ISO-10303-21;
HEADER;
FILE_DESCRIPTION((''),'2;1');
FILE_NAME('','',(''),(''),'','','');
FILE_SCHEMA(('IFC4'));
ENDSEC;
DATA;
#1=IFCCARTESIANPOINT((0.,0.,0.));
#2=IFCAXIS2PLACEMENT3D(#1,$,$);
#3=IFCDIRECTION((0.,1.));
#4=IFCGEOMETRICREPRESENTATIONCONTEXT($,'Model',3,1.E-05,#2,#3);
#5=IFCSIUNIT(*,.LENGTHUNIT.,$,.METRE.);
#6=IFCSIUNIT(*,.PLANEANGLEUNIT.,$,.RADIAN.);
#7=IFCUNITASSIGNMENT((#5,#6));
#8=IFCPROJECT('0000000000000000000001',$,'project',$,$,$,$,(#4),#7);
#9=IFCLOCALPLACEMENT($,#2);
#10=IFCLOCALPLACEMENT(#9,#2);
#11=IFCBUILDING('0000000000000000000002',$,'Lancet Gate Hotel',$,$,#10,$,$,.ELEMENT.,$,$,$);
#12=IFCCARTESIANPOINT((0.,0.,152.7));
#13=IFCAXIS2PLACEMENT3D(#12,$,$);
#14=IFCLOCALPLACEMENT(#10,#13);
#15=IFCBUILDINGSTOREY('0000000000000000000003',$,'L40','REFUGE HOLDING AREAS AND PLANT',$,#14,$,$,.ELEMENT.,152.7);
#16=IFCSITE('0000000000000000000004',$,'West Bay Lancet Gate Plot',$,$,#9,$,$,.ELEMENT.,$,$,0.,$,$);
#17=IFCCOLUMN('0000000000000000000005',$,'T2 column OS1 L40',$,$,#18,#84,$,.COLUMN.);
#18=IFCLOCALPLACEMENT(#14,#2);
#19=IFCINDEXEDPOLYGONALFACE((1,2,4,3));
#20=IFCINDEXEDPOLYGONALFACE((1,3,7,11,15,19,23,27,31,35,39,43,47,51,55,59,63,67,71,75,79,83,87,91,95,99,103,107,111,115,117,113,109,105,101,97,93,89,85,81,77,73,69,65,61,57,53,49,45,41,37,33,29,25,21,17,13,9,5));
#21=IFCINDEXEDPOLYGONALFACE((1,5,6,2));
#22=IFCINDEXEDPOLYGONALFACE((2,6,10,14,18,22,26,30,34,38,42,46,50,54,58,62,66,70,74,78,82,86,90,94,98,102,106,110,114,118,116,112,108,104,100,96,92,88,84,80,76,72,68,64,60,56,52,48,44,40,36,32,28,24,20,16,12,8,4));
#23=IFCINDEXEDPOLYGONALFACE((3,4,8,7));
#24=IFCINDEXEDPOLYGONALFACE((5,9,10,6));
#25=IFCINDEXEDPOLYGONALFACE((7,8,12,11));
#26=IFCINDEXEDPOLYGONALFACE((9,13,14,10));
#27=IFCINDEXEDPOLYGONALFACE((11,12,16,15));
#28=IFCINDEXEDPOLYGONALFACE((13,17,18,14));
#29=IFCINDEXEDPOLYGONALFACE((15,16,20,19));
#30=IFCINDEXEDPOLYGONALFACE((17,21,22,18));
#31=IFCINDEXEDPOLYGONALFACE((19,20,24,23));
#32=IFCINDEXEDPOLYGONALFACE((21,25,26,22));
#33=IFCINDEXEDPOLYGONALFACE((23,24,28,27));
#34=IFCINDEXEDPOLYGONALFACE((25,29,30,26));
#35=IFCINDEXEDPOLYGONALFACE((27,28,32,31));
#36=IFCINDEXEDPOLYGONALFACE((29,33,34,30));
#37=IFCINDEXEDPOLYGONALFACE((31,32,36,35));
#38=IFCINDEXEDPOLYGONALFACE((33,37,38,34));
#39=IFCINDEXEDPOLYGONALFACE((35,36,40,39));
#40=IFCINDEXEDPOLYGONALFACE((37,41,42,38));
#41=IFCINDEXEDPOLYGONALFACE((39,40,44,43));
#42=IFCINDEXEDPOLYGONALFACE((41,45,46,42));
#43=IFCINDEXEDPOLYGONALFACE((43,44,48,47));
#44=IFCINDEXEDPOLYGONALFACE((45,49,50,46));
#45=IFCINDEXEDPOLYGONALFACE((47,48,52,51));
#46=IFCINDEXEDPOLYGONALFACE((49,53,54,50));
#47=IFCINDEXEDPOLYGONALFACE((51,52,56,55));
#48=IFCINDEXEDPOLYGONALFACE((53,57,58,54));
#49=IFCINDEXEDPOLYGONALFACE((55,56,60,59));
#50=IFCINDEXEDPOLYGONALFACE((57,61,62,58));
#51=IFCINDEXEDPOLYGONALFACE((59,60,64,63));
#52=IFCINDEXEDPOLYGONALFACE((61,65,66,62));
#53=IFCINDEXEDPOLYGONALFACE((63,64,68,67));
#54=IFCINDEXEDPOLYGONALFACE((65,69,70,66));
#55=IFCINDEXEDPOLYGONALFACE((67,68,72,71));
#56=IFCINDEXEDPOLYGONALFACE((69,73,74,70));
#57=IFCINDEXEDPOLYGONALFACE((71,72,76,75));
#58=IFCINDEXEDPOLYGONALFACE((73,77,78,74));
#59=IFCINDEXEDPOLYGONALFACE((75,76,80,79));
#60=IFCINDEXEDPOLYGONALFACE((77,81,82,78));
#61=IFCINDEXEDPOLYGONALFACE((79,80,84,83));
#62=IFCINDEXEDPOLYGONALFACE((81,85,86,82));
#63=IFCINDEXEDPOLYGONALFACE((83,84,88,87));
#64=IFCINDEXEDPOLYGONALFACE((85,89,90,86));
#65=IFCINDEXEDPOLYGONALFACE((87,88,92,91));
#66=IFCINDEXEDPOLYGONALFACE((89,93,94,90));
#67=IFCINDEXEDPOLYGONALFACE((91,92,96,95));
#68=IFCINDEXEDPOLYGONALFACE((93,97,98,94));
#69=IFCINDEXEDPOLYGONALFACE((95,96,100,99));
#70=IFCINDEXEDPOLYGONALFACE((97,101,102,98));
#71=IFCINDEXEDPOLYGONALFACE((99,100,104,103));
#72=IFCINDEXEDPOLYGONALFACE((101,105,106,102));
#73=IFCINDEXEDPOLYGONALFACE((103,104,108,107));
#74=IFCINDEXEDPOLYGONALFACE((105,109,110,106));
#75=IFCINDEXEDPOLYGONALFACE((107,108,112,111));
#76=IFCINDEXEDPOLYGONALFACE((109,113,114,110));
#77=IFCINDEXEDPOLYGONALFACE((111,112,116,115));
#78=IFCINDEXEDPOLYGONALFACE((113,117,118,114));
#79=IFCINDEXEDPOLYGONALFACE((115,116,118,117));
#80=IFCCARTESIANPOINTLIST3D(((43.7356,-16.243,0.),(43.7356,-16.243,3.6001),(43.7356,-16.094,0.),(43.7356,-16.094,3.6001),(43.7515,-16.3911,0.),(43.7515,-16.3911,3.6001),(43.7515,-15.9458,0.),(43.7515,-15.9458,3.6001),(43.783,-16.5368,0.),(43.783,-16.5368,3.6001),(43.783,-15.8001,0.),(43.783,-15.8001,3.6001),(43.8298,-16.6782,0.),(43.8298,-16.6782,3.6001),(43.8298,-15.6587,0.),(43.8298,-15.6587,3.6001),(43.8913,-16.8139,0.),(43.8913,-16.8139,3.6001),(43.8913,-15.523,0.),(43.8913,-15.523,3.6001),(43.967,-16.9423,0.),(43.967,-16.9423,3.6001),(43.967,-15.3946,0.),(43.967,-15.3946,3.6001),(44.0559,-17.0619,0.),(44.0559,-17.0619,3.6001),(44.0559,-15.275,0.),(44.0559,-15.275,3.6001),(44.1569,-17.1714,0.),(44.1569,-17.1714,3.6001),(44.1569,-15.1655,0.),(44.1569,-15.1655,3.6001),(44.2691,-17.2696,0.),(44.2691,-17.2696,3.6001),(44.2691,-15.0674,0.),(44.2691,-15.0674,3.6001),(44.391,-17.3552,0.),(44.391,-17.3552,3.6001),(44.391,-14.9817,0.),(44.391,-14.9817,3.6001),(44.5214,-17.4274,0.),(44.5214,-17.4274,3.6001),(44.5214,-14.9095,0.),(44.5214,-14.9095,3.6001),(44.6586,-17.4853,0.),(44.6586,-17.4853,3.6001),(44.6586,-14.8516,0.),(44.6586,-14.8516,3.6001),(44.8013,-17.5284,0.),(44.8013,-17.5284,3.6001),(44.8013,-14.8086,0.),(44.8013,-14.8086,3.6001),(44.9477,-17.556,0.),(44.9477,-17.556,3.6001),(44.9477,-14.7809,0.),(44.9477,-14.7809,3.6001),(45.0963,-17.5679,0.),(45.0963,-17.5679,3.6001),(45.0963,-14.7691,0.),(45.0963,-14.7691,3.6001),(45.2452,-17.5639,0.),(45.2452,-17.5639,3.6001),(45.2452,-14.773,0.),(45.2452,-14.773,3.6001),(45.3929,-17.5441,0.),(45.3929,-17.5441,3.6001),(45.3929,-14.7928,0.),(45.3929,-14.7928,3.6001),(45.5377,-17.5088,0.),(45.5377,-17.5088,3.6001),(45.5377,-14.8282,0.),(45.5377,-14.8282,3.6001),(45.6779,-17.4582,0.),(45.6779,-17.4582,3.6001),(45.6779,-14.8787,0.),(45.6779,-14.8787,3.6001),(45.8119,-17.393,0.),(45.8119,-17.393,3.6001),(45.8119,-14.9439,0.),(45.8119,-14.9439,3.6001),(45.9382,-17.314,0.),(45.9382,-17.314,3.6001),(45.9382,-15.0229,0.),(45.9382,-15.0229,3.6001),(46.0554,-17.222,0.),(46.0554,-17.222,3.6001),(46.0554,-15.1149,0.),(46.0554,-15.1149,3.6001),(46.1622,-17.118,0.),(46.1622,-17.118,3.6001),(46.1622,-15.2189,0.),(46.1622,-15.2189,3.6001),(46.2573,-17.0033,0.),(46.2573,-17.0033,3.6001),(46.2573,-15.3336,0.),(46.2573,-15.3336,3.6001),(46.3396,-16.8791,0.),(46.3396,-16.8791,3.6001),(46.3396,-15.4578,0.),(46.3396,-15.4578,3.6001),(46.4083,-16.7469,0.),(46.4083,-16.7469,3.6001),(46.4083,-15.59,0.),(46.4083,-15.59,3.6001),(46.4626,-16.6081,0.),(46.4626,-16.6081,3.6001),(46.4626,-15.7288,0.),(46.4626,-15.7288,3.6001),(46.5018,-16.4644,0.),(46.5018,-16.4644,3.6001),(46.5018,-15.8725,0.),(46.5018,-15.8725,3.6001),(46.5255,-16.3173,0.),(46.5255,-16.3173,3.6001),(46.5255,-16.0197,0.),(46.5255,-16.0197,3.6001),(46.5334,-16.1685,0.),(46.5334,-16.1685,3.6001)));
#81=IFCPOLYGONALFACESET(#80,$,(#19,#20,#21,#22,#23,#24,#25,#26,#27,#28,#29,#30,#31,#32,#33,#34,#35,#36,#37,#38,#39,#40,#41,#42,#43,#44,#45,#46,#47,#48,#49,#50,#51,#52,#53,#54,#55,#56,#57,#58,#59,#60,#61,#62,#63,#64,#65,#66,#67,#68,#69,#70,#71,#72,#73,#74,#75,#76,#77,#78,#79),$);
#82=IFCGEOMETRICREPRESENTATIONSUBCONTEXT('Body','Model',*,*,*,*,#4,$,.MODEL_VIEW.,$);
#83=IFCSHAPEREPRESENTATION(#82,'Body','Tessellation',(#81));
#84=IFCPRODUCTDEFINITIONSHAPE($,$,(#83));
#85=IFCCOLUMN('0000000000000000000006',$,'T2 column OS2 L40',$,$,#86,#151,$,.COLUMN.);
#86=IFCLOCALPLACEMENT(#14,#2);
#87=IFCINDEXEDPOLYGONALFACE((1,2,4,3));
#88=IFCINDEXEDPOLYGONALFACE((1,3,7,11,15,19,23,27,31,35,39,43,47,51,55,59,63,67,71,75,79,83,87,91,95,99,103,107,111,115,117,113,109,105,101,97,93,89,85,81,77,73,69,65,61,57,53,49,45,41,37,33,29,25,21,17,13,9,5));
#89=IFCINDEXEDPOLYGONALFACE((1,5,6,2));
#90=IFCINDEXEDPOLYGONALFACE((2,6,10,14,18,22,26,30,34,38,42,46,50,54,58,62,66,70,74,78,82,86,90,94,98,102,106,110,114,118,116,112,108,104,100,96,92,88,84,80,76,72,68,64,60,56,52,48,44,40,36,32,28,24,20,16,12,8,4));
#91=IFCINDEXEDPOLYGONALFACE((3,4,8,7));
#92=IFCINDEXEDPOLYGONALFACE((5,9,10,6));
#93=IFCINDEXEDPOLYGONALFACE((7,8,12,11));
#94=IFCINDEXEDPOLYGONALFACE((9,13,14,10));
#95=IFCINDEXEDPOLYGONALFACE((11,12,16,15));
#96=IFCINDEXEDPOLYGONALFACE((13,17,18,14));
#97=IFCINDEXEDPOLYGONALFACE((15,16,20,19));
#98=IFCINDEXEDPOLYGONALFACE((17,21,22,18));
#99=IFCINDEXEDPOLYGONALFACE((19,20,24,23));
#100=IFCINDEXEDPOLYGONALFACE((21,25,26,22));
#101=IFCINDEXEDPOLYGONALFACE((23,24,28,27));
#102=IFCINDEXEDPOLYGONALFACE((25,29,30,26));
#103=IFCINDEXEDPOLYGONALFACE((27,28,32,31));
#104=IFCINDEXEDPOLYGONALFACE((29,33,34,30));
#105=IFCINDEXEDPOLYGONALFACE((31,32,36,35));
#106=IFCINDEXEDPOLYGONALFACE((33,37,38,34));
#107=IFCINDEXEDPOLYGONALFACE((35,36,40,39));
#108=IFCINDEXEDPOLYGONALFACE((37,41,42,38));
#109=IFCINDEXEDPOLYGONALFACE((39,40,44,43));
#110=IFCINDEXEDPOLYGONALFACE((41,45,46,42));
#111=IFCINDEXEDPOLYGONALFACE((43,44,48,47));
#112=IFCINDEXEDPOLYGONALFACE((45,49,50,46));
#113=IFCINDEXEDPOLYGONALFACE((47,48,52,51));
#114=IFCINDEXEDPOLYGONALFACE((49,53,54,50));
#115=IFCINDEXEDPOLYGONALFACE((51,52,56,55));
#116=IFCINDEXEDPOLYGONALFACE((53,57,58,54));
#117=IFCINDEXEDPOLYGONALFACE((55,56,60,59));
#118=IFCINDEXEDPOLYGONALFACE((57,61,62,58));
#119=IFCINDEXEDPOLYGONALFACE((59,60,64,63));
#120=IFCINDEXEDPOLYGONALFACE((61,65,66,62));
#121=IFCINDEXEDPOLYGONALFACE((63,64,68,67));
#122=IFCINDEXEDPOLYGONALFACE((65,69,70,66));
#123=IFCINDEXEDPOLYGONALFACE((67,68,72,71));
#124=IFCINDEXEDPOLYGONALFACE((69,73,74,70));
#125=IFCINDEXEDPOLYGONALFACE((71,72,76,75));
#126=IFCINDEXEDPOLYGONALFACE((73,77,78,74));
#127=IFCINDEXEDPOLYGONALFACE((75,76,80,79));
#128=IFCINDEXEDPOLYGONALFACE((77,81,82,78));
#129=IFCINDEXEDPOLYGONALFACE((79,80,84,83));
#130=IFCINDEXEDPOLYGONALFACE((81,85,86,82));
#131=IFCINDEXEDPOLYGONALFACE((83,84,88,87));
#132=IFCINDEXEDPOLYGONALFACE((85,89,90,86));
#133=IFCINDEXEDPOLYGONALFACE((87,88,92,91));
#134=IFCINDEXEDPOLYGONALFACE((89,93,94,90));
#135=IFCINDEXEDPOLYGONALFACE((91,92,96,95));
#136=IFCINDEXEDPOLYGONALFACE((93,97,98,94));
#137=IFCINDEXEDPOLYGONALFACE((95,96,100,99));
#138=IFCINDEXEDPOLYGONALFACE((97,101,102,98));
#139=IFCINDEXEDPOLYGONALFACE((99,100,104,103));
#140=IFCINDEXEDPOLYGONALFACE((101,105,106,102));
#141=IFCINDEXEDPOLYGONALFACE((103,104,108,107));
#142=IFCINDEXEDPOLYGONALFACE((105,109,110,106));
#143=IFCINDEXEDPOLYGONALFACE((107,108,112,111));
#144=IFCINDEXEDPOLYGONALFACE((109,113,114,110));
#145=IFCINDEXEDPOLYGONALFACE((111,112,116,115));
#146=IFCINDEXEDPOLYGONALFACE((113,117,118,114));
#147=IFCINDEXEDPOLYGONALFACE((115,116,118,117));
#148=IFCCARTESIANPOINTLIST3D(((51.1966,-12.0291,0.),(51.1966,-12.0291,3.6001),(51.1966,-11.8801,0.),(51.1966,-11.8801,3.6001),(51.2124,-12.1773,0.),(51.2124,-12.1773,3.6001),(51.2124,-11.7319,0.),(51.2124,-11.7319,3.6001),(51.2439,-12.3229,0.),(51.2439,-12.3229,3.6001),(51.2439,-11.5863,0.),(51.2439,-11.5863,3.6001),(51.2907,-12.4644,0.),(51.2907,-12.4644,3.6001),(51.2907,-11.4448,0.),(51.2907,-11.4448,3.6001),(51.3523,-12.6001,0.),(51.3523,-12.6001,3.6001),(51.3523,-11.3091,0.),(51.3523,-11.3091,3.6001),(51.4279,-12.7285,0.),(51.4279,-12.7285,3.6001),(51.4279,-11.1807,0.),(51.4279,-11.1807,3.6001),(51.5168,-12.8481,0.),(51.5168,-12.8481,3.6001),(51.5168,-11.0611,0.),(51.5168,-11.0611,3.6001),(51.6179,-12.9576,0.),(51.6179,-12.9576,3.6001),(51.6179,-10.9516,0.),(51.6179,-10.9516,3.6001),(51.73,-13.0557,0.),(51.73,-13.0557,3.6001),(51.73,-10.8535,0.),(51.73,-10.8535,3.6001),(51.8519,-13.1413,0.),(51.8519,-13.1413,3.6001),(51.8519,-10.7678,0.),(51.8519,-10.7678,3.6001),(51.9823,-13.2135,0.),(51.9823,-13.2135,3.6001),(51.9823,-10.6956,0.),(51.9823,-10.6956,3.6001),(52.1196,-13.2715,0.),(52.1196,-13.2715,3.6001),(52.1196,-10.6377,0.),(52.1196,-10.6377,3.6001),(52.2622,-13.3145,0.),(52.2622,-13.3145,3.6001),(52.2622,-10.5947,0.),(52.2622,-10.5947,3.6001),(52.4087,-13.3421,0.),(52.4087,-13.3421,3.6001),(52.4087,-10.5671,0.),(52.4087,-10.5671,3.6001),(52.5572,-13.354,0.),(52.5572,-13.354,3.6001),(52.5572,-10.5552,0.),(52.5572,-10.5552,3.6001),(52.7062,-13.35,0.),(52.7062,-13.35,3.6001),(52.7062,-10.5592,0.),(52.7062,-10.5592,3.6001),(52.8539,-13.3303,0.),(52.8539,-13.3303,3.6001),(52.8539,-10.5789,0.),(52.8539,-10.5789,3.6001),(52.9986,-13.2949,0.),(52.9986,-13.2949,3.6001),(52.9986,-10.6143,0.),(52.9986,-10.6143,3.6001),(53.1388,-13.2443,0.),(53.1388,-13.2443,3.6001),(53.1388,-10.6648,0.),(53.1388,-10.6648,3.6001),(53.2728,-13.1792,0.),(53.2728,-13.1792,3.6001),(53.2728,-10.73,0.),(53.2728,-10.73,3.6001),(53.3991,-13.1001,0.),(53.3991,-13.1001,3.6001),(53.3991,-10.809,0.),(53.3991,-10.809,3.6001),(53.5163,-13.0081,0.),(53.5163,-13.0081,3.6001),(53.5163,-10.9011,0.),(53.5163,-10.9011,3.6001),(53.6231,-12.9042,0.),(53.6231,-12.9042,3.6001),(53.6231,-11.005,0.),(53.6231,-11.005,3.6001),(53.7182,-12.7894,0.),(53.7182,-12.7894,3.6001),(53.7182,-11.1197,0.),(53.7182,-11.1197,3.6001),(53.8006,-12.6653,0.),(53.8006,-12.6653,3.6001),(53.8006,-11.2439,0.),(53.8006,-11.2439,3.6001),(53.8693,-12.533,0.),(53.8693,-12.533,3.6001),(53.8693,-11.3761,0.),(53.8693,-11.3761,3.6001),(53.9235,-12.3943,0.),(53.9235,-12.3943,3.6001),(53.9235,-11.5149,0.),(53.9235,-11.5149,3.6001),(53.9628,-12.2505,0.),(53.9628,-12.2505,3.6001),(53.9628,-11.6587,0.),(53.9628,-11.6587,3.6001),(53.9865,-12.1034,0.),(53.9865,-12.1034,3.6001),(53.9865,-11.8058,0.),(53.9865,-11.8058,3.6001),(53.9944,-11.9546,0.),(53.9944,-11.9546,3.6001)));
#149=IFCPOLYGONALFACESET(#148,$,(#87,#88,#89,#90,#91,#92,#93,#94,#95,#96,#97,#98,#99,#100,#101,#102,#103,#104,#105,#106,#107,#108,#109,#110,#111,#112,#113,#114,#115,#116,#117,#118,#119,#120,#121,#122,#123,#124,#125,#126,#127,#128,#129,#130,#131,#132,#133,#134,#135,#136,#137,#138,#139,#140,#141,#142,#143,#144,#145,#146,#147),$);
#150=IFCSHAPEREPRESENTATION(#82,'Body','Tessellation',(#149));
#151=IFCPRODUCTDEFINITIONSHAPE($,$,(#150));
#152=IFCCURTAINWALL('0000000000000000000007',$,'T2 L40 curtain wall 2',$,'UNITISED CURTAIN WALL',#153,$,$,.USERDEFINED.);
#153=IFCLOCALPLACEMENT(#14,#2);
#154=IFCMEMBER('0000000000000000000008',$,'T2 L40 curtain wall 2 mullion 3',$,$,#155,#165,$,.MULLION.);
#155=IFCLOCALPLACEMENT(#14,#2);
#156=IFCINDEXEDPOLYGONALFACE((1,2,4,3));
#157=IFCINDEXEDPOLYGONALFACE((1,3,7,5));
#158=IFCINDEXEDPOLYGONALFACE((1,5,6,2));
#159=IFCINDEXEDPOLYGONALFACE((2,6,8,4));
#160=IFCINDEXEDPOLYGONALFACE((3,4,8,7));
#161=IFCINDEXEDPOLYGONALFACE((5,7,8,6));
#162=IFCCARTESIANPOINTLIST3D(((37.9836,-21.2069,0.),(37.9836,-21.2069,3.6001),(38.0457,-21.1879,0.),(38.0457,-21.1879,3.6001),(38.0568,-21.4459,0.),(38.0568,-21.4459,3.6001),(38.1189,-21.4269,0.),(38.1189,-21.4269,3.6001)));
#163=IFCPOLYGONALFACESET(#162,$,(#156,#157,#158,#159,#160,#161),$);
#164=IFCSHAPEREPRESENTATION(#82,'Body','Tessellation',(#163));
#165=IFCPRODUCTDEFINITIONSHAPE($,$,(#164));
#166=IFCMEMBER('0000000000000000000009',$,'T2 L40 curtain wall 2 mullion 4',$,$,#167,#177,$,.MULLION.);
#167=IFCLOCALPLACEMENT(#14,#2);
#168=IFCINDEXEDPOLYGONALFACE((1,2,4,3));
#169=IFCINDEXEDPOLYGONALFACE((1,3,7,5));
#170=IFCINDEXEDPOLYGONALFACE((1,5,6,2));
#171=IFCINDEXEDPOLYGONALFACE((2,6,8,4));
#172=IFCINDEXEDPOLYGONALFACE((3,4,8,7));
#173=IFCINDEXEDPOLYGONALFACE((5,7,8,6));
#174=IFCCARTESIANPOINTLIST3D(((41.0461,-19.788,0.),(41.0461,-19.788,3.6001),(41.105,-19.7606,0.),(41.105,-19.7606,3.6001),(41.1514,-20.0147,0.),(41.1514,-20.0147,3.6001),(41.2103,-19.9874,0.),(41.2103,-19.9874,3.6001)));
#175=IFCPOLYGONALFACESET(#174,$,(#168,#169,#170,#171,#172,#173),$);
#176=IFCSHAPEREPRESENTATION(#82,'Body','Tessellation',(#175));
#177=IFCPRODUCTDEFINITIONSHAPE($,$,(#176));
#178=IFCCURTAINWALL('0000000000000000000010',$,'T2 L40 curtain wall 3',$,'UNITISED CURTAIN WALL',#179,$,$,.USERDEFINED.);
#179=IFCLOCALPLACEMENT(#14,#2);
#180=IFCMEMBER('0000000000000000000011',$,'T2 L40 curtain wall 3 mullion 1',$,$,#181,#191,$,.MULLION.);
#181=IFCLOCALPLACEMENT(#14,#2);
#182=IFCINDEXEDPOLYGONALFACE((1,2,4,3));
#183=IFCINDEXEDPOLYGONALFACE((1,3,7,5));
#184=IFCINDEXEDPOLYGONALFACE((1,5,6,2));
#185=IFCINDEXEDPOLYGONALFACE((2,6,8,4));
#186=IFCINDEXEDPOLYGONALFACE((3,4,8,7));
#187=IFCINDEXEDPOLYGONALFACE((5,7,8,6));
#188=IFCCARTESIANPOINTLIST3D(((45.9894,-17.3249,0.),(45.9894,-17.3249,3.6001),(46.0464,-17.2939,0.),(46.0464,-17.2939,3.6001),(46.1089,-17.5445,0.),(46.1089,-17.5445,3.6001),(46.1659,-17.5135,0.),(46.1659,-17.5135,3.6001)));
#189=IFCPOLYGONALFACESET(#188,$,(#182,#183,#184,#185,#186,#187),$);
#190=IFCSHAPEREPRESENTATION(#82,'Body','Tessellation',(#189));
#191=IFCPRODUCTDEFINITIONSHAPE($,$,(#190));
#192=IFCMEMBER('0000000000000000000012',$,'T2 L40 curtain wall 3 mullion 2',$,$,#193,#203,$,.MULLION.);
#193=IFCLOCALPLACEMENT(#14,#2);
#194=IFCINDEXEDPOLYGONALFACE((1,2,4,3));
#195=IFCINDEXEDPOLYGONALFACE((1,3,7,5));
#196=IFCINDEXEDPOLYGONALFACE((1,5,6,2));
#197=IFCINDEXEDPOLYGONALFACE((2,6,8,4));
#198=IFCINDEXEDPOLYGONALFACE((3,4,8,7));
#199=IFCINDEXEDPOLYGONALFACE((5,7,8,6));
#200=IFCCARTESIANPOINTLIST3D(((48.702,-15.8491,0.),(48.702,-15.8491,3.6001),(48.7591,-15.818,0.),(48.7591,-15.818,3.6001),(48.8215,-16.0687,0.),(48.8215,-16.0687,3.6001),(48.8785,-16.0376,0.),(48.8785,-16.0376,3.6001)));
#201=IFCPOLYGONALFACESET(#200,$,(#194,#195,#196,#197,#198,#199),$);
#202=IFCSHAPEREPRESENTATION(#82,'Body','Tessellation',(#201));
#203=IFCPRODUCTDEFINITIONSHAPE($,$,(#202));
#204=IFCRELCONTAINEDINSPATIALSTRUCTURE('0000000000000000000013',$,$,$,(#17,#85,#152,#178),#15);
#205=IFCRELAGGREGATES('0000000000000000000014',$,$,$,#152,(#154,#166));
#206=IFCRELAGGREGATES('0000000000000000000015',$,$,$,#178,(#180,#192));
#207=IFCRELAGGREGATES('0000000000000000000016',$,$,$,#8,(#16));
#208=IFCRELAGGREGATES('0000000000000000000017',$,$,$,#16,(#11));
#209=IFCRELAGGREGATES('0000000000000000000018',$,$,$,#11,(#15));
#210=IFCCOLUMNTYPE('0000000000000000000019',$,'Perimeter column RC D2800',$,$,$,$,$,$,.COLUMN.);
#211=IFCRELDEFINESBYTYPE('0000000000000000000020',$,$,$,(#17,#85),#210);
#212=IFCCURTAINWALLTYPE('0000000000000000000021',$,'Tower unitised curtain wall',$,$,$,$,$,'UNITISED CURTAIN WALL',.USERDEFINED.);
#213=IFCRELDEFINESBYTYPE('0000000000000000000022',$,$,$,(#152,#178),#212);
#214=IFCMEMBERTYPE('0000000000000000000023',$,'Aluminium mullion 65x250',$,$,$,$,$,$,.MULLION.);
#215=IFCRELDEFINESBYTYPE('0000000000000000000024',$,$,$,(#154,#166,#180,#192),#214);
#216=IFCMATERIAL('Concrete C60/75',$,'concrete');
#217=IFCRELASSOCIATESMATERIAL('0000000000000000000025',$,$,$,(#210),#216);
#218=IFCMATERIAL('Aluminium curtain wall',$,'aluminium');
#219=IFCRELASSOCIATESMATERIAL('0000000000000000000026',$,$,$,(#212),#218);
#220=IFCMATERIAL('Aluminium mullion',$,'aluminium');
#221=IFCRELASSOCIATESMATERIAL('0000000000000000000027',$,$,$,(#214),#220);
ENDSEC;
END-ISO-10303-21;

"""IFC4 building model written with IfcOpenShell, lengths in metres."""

from ifc_helpers import new_model, si_unit, direction, frame, origin, origin_2d, place, context, subcontext, project, spatial, rectangle, circle, extrude, material, material_profile, profile_set, type_object, element, aggregate, save


model = new_model("IFC4")

# Units and contexts
model_context = context("Model", 3, precision=1e-05, world=origin(), true_north=direction((0.0, 1.0)))
body_context = subcontext(model_context, "Body", "Model", "MODEL_VIEW")
ifc_project = project(units=[si_unit("LENGTHUNIT", "METRE"), si_unit("PLANEANGLEUNIT", "RADIAN")], contexts=[model_context])

# Site, building, storey
site_placement = place(None, origin())
site = spatial("IfcSite", under=ifc_project, at=site_placement, Name="West Bay Lancet Gate Plot", CompositionType="ELEMENT", RefElevation=0.0)
building_placement = place(site_placement, origin())
building = spatial("IfcBuilding", under=site, at=building_placement, Name="Lancet Gate Hotel", CompositionType="ELEMENT")
storey_placement = place(building_placement, frame((0.0, 0.0, 152.7)))
storey = spatial("IfcBuildingStorey", under=building, at=storey_placement, Name="L40", Description="REFUGE HOLDING AREAS AND PLANT", CompositionType="ELEMENT", Elevation=152.7)

# Columns
ifc_material_1 = material(Name="Concrete C60/75", Category="concrete")
ifc_material_profile_1 = material_profile(ifc_material_1, circle(Radius=1.3999, at=origin_2d()), Name="RC D2800")
ifc_profile_set_1 = profile_set([ifc_material_profile_1], Name="Concrete C60/75")
column_type = type_object("IfcColumnType", Name="Perimeter column RC D2800", PredefinedType="COLUMN", material=ifc_profile_set_1)
for number, where, z_axis, x_axis, name in (
    (1, (45.1335, -16.1685, 0.0), (0.0, 0.0, 1.0), (1.0, 0.0, 0.0), "T2 column OS1 L40"),
    (2, (52.5945, -11.9546, 0.0), (0.0, 0.0, 1.0), (1.0, 0.0, 0.0), "T2 column OS2 L40"),
):
    element("IfcColumn", number, at=place(storey_placement, frame(where, z_axis=z_axis, x_axis=x_axis)), inside=storey, type_object=column_type, Name=name, PredefinedType="COLUMN", context=body_context, shape_type="SweptSolid", body=[
        extrude(circle(Radius=1.3999, at=origin_2d()), origin(), (0.0, 0.0, 1.0), 3.6001),
    ])

# Curtain walls, members
ifc_material_2 = material(Name="Aluminium curtain wall", Category="aluminium")
curtain_wall_type = type_object("IfcCurtainWallType", Name="Tower unitised curtain wall", ElementType="UNITISED CURTAIN WALL", PredefinedType="USERDEFINED", material=ifc_material_2)
curtain_wall_1_placement = place(storey_placement, origin())
curtain_wall_1 = element("IfcCurtainWall", 3, at=curtain_wall_1_placement, inside=storey, type_object=curtain_wall_type, Name="T2 L40 curtain wall 2", ObjectType="UNITISED CURTAIN WALL", PredefinedType="USERDEFINED")
ifc_material_3 = material(Name="Aluminium mullion", Category="aluminium")
ifc_material_profile_2 = material_profile(ifc_material_3, rectangle(XDim=0.0649, YDim=0.25, at=origin_2d()), Name="MULLION 65x250")
ifc_profile_set_2 = profile_set([ifc_material_profile_2], Name="Aluminium mullion")
member_type_1 = type_object("IfcMemberType", Name="Aluminium mullion 65x250", PredefinedType="MULLION", material=ifc_profile_set_2)
member_1_placement = place(storey_placement, frame((38.0513, -21.3169, 0.0), z_axis=(0.0, 0.0, 1.0), x_axis=(0.956241, 0.292579, 0.0)))
member_1 = element("IfcMember", 4, at=member_1_placement, type_object=member_type_1, Name="T2 L40 curtain wall 2 mullion 3", PredefinedType="MULLION", context=body_context, shape_type="SweptSolid", body=[
    extrude(rectangle(XDim=0.0649, YDim=0.25, at=origin_2d()), origin(), (0.0, 0.0, 1.0), 3.6001),
])
member_2_placement = place(storey_placement, frame((41.1282, -19.8877, 0.0), z_axis=(0.0, 0.0, 1.0), x_axis=(0.906935, 0.421271, 0.0)))
member_2 = element("IfcMember", 5, at=member_2_placement, type_object=member_type_1, Name="T2 L40 curtain wall 2 mullion 4", PredefinedType="MULLION", context=body_context, shape_type="SweptSolid", body=[
    extrude(rectangle(XDim=0.0649, YDim=0.25, at=origin_2d()), origin(), (0.0, 0.0, 1.0), 3.6001),
])
curtain_wall_2_placement = place(storey_placement, origin())
curtain_wall_2 = element("IfcCurtainWall", 6, at=curtain_wall_2_placement, inside=storey, type_object=curtain_wall_type, Name="T2 L40 curtain wall 3", ObjectType="UNITISED CURTAIN WALL", PredefinedType="USERDEFINED")
member_3_placement = place(storey_placement, frame((46.0776, -17.4192, 0.0), z_axis=(0.0, 0.0, 1.0), x_axis=(0.87841, 0.477908, 0.0)))
member_3 = element("IfcMember", 7, at=member_3_placement, type_object=member_type_1, Name="T2 L40 curtain wall 3 mullion 1", PredefinedType="MULLION", context=body_context, shape_type="SweptSolid", body=[
    extrude(rectangle(XDim=0.0649, YDim=0.25, at=origin_2d()), origin(), (0.0, 0.0, 1.0), 3.6001),
])
member_4_placement = place(storey_placement, frame((48.7903, -15.9434, 0.0), z_axis=(0.0, 0.0, 1.0), x_axis=(0.87841, 0.477908, 0.0)))
member_4 = element("IfcMember", 8, at=member_4_placement, type_object=member_type_1, Name="T2 L40 curtain wall 3 mullion 2", PredefinedType="MULLION", context=body_context, shape_type="SweptSolid", body=[
    extrude(rectangle(XDim=0.0649, YDim=0.25, at=origin_2d()), origin(), (0.0, 0.0, 1.0), 3.6001),
])

aggregate(curtain_wall_1, [member_1, member_2])
aggregate(curtain_wall_2, [member_3, member_4])

save(model, "model.ifc")
